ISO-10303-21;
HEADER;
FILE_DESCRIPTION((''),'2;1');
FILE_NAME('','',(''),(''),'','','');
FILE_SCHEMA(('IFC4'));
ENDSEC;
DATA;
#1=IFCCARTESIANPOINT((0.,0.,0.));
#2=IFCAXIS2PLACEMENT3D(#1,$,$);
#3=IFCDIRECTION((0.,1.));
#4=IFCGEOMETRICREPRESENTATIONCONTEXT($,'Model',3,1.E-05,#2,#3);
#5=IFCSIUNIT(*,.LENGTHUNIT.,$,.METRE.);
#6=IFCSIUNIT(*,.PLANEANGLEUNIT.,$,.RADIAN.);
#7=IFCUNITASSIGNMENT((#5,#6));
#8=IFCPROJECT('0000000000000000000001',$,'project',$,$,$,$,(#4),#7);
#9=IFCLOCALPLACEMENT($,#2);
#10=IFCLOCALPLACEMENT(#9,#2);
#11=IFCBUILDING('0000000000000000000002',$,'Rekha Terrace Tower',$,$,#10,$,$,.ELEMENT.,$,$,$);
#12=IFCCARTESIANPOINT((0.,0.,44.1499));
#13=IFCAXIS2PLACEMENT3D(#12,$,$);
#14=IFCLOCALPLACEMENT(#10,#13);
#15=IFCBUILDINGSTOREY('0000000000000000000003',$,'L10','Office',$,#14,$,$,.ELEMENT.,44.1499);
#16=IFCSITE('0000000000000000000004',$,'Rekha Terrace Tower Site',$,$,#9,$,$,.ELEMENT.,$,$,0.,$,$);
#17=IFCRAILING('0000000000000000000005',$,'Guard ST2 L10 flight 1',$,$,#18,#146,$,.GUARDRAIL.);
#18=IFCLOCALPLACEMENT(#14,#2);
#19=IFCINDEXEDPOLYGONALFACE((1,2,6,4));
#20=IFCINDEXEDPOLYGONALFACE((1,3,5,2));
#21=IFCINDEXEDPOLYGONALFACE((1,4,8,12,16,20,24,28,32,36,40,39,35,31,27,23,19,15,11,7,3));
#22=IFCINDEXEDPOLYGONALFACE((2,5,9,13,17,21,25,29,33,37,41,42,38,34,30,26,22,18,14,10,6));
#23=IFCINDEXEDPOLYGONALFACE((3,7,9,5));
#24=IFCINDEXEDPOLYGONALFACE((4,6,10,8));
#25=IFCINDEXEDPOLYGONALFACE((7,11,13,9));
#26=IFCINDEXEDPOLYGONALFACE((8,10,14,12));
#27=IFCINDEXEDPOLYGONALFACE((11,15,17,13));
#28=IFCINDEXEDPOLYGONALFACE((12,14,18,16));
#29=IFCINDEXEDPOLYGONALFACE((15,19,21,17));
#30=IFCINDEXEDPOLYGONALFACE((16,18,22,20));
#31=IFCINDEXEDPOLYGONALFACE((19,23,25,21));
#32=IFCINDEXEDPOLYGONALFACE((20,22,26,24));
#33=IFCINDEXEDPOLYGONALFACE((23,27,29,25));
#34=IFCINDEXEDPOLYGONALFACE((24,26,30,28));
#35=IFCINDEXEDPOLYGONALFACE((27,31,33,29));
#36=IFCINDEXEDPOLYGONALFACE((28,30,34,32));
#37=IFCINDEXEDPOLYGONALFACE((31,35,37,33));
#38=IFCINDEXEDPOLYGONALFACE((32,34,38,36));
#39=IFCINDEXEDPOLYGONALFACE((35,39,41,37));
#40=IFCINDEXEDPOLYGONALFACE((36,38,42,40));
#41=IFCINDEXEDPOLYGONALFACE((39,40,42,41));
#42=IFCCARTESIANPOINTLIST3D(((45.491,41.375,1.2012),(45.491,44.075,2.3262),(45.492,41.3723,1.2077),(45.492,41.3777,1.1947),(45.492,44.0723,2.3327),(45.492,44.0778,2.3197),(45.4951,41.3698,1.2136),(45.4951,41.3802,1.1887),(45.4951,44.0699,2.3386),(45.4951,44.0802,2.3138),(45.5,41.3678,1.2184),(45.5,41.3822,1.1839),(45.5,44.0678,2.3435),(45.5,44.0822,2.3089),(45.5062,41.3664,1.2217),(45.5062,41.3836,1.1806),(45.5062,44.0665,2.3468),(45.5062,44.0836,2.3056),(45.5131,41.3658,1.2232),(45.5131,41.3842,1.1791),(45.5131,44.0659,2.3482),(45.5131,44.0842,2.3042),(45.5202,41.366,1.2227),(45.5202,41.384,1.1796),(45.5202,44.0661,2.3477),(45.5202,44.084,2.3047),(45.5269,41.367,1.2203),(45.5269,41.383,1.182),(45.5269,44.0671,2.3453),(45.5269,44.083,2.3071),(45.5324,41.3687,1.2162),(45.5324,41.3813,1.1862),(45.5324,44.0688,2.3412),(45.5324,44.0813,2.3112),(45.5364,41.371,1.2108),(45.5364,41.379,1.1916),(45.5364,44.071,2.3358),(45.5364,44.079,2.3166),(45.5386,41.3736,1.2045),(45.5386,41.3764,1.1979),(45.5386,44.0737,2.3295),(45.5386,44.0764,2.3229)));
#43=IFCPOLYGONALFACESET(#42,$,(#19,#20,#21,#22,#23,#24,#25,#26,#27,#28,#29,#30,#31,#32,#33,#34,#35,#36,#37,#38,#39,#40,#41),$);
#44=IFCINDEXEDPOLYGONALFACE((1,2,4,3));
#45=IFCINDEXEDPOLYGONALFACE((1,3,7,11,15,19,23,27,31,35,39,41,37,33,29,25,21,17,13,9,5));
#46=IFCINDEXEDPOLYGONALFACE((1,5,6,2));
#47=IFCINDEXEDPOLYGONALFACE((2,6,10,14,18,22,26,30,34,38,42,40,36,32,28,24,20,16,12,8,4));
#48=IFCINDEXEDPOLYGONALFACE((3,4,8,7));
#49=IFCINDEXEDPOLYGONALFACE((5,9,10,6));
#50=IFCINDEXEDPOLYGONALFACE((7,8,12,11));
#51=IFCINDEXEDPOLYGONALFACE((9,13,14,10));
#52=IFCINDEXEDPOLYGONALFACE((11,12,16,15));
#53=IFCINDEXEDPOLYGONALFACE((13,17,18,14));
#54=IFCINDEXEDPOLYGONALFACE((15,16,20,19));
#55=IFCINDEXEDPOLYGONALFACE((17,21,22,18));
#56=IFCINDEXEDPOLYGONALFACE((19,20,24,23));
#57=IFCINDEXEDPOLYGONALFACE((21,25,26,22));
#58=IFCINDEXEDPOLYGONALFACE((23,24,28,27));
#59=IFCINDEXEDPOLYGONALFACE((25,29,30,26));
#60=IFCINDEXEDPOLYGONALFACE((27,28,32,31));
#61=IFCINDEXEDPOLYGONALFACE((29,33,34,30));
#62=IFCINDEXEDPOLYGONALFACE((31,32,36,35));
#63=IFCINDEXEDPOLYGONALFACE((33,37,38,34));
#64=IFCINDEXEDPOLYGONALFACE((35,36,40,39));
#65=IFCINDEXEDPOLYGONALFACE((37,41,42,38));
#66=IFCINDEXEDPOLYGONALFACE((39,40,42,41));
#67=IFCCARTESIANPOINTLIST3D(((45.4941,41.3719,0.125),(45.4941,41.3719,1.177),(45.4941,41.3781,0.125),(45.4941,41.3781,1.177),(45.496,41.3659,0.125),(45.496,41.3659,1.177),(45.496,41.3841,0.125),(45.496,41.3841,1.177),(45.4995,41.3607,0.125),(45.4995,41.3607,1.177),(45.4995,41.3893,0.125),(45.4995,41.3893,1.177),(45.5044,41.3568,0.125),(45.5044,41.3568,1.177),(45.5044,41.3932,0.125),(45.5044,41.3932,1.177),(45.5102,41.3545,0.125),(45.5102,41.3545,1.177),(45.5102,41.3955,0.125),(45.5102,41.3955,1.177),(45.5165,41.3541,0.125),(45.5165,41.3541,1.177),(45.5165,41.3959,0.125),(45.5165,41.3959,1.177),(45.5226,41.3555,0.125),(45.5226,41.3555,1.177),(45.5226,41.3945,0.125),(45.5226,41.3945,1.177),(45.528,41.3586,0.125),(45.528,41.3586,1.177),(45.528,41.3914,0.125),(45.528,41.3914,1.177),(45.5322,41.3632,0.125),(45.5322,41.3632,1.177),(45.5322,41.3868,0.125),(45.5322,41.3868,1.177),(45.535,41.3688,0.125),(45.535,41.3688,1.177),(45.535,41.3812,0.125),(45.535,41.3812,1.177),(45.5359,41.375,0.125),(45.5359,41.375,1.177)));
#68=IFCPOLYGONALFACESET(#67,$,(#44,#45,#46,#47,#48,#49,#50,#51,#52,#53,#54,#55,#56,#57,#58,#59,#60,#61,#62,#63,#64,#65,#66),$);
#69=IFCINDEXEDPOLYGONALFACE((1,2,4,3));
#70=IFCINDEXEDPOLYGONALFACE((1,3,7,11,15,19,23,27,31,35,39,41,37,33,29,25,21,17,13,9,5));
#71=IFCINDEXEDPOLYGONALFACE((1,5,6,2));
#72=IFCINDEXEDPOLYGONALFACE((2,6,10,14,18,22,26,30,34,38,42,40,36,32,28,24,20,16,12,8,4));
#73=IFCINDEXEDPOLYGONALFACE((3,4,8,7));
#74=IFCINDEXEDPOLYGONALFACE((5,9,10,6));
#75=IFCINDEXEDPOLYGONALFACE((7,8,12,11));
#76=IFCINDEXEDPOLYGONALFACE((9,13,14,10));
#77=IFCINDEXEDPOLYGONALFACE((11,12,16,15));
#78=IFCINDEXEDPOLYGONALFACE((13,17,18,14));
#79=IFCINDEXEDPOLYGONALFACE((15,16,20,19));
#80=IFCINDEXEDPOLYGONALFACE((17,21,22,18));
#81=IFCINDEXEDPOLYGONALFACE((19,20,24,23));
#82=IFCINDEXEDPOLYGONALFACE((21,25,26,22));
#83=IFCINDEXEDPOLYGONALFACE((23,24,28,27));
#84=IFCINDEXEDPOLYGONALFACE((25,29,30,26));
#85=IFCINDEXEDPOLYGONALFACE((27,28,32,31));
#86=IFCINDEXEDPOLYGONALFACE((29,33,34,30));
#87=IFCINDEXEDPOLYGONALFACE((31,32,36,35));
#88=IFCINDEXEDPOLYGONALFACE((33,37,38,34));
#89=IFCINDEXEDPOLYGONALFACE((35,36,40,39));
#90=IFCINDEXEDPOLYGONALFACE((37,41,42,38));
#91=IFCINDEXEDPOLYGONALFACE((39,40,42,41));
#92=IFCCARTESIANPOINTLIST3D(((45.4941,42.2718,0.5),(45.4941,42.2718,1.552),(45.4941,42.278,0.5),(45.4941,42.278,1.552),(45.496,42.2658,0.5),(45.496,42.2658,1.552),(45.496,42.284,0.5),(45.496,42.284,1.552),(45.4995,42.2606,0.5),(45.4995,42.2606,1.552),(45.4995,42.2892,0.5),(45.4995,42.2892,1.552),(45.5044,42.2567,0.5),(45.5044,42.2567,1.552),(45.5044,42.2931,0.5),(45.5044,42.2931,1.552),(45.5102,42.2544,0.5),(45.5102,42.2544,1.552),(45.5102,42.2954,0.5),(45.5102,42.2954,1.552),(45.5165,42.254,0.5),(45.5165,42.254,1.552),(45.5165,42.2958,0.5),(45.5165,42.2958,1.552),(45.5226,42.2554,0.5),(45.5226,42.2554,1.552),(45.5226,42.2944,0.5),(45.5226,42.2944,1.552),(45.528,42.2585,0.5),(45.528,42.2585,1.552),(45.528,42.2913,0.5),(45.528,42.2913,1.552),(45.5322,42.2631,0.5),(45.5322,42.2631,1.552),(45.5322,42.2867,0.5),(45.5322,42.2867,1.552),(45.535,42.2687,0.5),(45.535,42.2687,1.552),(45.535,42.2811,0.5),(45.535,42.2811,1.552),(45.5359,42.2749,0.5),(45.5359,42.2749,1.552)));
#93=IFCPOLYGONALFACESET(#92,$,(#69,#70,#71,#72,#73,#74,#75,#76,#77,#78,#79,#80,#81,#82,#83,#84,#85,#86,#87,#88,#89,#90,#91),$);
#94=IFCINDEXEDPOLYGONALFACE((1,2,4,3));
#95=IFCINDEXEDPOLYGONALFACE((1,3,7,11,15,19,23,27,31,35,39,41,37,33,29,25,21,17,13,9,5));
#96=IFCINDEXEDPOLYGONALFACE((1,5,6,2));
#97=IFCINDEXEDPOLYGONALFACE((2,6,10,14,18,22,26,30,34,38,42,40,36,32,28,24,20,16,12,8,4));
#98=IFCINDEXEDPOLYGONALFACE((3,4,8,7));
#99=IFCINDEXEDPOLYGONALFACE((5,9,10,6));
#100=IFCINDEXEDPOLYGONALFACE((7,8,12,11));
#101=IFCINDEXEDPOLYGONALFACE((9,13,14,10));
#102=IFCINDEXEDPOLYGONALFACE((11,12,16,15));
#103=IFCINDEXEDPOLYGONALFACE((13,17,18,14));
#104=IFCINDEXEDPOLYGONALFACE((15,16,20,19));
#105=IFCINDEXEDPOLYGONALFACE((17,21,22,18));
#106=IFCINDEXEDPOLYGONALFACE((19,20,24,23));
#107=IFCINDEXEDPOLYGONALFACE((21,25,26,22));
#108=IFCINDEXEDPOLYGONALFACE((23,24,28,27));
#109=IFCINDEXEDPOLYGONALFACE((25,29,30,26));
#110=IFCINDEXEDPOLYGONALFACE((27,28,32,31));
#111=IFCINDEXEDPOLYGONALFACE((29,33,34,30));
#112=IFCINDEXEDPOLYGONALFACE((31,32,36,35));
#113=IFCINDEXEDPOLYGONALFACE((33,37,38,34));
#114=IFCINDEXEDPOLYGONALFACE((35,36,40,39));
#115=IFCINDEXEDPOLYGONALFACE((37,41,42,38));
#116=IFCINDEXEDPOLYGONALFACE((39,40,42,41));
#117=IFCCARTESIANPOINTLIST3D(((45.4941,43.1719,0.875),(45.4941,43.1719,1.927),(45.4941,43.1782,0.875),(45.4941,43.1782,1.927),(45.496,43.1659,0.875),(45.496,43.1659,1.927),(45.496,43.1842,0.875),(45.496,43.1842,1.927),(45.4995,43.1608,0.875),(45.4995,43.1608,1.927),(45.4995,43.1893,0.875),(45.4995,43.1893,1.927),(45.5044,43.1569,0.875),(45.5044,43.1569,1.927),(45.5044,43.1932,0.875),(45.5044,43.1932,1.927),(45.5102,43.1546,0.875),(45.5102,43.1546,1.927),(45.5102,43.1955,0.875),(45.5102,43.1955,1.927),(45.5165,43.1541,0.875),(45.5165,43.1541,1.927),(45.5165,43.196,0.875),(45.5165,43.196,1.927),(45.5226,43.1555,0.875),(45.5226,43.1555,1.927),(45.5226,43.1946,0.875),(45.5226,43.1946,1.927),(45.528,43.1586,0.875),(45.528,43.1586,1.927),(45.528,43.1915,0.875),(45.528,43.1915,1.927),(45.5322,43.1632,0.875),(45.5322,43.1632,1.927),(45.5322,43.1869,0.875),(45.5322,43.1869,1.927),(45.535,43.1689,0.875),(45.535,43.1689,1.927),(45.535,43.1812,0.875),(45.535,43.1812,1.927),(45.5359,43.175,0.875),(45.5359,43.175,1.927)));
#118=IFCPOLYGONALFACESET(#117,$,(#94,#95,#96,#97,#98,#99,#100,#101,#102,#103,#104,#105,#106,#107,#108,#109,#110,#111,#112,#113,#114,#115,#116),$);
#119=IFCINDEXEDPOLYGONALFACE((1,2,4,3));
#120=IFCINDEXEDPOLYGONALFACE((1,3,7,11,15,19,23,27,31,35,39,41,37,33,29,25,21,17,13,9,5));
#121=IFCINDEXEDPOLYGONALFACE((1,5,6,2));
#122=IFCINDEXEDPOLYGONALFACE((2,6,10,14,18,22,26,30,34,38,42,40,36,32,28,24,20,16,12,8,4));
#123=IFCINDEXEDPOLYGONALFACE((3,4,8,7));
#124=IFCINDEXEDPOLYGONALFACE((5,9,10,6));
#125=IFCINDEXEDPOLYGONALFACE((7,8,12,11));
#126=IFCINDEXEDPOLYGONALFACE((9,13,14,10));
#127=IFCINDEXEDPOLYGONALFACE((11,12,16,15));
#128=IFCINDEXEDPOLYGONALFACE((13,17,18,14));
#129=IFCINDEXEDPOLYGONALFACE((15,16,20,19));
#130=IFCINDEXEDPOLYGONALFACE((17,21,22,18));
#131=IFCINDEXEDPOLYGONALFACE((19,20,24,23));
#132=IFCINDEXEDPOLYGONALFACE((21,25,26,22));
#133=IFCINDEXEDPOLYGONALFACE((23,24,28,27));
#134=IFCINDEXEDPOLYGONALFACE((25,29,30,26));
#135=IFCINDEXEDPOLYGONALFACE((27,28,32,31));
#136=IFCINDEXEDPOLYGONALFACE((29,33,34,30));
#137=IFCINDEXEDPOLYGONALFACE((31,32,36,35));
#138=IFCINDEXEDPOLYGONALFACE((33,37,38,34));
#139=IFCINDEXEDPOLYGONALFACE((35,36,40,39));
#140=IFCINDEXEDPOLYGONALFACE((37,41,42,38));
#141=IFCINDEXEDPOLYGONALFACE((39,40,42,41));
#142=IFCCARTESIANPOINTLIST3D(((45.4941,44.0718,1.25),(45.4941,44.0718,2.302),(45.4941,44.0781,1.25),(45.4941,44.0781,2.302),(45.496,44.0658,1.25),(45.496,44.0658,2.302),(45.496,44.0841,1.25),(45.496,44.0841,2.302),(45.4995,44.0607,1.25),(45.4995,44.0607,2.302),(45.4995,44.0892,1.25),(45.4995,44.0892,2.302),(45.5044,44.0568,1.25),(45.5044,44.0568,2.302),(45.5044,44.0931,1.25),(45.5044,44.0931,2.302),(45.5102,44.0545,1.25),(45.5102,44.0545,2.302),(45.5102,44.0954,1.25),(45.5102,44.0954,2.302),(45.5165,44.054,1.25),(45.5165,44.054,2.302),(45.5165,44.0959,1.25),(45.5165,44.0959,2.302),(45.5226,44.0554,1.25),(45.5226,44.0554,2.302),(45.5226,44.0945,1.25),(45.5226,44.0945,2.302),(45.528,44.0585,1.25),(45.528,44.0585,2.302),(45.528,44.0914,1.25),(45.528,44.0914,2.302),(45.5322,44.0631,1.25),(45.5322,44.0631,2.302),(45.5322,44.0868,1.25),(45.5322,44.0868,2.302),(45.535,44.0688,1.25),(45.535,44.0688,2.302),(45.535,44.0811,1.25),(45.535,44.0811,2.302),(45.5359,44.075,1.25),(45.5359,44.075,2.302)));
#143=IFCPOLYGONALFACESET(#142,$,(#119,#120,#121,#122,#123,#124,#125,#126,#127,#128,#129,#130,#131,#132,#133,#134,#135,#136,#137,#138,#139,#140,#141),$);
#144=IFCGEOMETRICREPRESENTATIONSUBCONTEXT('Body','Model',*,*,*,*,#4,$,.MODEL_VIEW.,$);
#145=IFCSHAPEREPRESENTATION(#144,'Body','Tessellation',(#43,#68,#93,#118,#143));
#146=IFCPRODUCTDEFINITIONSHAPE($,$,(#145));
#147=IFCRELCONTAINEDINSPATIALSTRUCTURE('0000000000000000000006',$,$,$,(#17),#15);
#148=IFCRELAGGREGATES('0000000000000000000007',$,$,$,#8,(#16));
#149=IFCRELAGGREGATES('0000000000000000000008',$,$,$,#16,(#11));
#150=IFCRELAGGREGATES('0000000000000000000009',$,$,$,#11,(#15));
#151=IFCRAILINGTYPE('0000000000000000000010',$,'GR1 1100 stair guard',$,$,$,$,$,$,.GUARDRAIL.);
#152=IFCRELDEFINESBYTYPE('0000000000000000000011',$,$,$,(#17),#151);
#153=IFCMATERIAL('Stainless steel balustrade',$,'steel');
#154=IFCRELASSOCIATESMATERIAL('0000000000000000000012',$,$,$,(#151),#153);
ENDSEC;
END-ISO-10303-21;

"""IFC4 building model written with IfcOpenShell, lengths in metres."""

from ifc_helpers import new_model, si_unit, direction, frame, origin, origin_2d, place, context, subcontext, project, spatial, circle, extrude, material, type_object, element, save


model = new_model("IFC4")

# Units and contexts
model_context = context("Model", 3, precision=1e-05, world=origin(), true_north=direction((0.0, 1.0)))
body_context = subcontext(model_context, "Body", "Model", "MODEL_VIEW")
ifc_project = project(units=[si_unit("LENGTHUNIT", "METRE"), si_unit("PLANEANGLEUNIT", "RADIAN")], contexts=[model_context])

# Site, building, storey
site_placement = place(None, origin())
site = spatial("IfcSite", under=ifc_project, at=site_placement, Name="Rekha Terrace Tower Site", CompositionType="ELEMENT", RefElevation=0.0)
building_placement = place(site_placement, origin())
building = spatial("IfcBuilding", under=site, at=building_placement, Name="Rekha Terrace Tower", CompositionType="ELEMENT")
storey_placement = place(building_placement, frame((0.0, 0.0, 44.1499)))
storey = spatial("IfcBuildingStorey", under=building, at=storey_placement, Name="L10", Description="Office", CompositionType="ELEMENT", Elevation=44.1499)

# Railing
ifc_material_1 = material(Name="Stainless steel balustrade", Category="steel")
railing_type_1 = type_object("IfcRailingType", Name="GR1 1100 stair guard", PredefinedType="GUARDRAIL", material=ifc_material_1)
railing_1_placement = place(storey_placement, frame((45.5149, 41.375, 0.125)))
element("IfcRailing", 1, at=railing_1_placement, inside=storey, type_object=railing_type_1, Name="Guard ST2 L10 flight 1", PredefinedType="GUARDRAIL", context=body_context, shape_type="SweptSolid", body=[
    extrude(circle(Radius=0.0239, at=origin_2d()), frame((0.0, 0.0, 1.0762), z_axis=(0.0, 0.923074, 0.384621), x_axis=(-1.0, 0.0, 0.0)), (0.0, 0.0, 1.0), 2.925),
    extrude(circle(Radius=0.021, at=origin_2d()), origin(), (0.0, 0.0, 1.0), 1.052),
    extrude(circle(Radius=0.021, at=origin_2d()), frame((0.0, 0.8999, 0.375)), (0.0, 0.0, 1.0), 1.052),
    extrude(circle(Radius=0.021, at=origin_2d()), frame((0.0, 1.8, 0.75)), (0.0, 0.0, 1.0), 1.052),
    extrude(circle(Radius=0.021, at=origin_2d()), frame((0.0, 2.7, 1.125)), (0.0, 0.0, 1.0), 1.052),
])

save(model, "model.ifc")
